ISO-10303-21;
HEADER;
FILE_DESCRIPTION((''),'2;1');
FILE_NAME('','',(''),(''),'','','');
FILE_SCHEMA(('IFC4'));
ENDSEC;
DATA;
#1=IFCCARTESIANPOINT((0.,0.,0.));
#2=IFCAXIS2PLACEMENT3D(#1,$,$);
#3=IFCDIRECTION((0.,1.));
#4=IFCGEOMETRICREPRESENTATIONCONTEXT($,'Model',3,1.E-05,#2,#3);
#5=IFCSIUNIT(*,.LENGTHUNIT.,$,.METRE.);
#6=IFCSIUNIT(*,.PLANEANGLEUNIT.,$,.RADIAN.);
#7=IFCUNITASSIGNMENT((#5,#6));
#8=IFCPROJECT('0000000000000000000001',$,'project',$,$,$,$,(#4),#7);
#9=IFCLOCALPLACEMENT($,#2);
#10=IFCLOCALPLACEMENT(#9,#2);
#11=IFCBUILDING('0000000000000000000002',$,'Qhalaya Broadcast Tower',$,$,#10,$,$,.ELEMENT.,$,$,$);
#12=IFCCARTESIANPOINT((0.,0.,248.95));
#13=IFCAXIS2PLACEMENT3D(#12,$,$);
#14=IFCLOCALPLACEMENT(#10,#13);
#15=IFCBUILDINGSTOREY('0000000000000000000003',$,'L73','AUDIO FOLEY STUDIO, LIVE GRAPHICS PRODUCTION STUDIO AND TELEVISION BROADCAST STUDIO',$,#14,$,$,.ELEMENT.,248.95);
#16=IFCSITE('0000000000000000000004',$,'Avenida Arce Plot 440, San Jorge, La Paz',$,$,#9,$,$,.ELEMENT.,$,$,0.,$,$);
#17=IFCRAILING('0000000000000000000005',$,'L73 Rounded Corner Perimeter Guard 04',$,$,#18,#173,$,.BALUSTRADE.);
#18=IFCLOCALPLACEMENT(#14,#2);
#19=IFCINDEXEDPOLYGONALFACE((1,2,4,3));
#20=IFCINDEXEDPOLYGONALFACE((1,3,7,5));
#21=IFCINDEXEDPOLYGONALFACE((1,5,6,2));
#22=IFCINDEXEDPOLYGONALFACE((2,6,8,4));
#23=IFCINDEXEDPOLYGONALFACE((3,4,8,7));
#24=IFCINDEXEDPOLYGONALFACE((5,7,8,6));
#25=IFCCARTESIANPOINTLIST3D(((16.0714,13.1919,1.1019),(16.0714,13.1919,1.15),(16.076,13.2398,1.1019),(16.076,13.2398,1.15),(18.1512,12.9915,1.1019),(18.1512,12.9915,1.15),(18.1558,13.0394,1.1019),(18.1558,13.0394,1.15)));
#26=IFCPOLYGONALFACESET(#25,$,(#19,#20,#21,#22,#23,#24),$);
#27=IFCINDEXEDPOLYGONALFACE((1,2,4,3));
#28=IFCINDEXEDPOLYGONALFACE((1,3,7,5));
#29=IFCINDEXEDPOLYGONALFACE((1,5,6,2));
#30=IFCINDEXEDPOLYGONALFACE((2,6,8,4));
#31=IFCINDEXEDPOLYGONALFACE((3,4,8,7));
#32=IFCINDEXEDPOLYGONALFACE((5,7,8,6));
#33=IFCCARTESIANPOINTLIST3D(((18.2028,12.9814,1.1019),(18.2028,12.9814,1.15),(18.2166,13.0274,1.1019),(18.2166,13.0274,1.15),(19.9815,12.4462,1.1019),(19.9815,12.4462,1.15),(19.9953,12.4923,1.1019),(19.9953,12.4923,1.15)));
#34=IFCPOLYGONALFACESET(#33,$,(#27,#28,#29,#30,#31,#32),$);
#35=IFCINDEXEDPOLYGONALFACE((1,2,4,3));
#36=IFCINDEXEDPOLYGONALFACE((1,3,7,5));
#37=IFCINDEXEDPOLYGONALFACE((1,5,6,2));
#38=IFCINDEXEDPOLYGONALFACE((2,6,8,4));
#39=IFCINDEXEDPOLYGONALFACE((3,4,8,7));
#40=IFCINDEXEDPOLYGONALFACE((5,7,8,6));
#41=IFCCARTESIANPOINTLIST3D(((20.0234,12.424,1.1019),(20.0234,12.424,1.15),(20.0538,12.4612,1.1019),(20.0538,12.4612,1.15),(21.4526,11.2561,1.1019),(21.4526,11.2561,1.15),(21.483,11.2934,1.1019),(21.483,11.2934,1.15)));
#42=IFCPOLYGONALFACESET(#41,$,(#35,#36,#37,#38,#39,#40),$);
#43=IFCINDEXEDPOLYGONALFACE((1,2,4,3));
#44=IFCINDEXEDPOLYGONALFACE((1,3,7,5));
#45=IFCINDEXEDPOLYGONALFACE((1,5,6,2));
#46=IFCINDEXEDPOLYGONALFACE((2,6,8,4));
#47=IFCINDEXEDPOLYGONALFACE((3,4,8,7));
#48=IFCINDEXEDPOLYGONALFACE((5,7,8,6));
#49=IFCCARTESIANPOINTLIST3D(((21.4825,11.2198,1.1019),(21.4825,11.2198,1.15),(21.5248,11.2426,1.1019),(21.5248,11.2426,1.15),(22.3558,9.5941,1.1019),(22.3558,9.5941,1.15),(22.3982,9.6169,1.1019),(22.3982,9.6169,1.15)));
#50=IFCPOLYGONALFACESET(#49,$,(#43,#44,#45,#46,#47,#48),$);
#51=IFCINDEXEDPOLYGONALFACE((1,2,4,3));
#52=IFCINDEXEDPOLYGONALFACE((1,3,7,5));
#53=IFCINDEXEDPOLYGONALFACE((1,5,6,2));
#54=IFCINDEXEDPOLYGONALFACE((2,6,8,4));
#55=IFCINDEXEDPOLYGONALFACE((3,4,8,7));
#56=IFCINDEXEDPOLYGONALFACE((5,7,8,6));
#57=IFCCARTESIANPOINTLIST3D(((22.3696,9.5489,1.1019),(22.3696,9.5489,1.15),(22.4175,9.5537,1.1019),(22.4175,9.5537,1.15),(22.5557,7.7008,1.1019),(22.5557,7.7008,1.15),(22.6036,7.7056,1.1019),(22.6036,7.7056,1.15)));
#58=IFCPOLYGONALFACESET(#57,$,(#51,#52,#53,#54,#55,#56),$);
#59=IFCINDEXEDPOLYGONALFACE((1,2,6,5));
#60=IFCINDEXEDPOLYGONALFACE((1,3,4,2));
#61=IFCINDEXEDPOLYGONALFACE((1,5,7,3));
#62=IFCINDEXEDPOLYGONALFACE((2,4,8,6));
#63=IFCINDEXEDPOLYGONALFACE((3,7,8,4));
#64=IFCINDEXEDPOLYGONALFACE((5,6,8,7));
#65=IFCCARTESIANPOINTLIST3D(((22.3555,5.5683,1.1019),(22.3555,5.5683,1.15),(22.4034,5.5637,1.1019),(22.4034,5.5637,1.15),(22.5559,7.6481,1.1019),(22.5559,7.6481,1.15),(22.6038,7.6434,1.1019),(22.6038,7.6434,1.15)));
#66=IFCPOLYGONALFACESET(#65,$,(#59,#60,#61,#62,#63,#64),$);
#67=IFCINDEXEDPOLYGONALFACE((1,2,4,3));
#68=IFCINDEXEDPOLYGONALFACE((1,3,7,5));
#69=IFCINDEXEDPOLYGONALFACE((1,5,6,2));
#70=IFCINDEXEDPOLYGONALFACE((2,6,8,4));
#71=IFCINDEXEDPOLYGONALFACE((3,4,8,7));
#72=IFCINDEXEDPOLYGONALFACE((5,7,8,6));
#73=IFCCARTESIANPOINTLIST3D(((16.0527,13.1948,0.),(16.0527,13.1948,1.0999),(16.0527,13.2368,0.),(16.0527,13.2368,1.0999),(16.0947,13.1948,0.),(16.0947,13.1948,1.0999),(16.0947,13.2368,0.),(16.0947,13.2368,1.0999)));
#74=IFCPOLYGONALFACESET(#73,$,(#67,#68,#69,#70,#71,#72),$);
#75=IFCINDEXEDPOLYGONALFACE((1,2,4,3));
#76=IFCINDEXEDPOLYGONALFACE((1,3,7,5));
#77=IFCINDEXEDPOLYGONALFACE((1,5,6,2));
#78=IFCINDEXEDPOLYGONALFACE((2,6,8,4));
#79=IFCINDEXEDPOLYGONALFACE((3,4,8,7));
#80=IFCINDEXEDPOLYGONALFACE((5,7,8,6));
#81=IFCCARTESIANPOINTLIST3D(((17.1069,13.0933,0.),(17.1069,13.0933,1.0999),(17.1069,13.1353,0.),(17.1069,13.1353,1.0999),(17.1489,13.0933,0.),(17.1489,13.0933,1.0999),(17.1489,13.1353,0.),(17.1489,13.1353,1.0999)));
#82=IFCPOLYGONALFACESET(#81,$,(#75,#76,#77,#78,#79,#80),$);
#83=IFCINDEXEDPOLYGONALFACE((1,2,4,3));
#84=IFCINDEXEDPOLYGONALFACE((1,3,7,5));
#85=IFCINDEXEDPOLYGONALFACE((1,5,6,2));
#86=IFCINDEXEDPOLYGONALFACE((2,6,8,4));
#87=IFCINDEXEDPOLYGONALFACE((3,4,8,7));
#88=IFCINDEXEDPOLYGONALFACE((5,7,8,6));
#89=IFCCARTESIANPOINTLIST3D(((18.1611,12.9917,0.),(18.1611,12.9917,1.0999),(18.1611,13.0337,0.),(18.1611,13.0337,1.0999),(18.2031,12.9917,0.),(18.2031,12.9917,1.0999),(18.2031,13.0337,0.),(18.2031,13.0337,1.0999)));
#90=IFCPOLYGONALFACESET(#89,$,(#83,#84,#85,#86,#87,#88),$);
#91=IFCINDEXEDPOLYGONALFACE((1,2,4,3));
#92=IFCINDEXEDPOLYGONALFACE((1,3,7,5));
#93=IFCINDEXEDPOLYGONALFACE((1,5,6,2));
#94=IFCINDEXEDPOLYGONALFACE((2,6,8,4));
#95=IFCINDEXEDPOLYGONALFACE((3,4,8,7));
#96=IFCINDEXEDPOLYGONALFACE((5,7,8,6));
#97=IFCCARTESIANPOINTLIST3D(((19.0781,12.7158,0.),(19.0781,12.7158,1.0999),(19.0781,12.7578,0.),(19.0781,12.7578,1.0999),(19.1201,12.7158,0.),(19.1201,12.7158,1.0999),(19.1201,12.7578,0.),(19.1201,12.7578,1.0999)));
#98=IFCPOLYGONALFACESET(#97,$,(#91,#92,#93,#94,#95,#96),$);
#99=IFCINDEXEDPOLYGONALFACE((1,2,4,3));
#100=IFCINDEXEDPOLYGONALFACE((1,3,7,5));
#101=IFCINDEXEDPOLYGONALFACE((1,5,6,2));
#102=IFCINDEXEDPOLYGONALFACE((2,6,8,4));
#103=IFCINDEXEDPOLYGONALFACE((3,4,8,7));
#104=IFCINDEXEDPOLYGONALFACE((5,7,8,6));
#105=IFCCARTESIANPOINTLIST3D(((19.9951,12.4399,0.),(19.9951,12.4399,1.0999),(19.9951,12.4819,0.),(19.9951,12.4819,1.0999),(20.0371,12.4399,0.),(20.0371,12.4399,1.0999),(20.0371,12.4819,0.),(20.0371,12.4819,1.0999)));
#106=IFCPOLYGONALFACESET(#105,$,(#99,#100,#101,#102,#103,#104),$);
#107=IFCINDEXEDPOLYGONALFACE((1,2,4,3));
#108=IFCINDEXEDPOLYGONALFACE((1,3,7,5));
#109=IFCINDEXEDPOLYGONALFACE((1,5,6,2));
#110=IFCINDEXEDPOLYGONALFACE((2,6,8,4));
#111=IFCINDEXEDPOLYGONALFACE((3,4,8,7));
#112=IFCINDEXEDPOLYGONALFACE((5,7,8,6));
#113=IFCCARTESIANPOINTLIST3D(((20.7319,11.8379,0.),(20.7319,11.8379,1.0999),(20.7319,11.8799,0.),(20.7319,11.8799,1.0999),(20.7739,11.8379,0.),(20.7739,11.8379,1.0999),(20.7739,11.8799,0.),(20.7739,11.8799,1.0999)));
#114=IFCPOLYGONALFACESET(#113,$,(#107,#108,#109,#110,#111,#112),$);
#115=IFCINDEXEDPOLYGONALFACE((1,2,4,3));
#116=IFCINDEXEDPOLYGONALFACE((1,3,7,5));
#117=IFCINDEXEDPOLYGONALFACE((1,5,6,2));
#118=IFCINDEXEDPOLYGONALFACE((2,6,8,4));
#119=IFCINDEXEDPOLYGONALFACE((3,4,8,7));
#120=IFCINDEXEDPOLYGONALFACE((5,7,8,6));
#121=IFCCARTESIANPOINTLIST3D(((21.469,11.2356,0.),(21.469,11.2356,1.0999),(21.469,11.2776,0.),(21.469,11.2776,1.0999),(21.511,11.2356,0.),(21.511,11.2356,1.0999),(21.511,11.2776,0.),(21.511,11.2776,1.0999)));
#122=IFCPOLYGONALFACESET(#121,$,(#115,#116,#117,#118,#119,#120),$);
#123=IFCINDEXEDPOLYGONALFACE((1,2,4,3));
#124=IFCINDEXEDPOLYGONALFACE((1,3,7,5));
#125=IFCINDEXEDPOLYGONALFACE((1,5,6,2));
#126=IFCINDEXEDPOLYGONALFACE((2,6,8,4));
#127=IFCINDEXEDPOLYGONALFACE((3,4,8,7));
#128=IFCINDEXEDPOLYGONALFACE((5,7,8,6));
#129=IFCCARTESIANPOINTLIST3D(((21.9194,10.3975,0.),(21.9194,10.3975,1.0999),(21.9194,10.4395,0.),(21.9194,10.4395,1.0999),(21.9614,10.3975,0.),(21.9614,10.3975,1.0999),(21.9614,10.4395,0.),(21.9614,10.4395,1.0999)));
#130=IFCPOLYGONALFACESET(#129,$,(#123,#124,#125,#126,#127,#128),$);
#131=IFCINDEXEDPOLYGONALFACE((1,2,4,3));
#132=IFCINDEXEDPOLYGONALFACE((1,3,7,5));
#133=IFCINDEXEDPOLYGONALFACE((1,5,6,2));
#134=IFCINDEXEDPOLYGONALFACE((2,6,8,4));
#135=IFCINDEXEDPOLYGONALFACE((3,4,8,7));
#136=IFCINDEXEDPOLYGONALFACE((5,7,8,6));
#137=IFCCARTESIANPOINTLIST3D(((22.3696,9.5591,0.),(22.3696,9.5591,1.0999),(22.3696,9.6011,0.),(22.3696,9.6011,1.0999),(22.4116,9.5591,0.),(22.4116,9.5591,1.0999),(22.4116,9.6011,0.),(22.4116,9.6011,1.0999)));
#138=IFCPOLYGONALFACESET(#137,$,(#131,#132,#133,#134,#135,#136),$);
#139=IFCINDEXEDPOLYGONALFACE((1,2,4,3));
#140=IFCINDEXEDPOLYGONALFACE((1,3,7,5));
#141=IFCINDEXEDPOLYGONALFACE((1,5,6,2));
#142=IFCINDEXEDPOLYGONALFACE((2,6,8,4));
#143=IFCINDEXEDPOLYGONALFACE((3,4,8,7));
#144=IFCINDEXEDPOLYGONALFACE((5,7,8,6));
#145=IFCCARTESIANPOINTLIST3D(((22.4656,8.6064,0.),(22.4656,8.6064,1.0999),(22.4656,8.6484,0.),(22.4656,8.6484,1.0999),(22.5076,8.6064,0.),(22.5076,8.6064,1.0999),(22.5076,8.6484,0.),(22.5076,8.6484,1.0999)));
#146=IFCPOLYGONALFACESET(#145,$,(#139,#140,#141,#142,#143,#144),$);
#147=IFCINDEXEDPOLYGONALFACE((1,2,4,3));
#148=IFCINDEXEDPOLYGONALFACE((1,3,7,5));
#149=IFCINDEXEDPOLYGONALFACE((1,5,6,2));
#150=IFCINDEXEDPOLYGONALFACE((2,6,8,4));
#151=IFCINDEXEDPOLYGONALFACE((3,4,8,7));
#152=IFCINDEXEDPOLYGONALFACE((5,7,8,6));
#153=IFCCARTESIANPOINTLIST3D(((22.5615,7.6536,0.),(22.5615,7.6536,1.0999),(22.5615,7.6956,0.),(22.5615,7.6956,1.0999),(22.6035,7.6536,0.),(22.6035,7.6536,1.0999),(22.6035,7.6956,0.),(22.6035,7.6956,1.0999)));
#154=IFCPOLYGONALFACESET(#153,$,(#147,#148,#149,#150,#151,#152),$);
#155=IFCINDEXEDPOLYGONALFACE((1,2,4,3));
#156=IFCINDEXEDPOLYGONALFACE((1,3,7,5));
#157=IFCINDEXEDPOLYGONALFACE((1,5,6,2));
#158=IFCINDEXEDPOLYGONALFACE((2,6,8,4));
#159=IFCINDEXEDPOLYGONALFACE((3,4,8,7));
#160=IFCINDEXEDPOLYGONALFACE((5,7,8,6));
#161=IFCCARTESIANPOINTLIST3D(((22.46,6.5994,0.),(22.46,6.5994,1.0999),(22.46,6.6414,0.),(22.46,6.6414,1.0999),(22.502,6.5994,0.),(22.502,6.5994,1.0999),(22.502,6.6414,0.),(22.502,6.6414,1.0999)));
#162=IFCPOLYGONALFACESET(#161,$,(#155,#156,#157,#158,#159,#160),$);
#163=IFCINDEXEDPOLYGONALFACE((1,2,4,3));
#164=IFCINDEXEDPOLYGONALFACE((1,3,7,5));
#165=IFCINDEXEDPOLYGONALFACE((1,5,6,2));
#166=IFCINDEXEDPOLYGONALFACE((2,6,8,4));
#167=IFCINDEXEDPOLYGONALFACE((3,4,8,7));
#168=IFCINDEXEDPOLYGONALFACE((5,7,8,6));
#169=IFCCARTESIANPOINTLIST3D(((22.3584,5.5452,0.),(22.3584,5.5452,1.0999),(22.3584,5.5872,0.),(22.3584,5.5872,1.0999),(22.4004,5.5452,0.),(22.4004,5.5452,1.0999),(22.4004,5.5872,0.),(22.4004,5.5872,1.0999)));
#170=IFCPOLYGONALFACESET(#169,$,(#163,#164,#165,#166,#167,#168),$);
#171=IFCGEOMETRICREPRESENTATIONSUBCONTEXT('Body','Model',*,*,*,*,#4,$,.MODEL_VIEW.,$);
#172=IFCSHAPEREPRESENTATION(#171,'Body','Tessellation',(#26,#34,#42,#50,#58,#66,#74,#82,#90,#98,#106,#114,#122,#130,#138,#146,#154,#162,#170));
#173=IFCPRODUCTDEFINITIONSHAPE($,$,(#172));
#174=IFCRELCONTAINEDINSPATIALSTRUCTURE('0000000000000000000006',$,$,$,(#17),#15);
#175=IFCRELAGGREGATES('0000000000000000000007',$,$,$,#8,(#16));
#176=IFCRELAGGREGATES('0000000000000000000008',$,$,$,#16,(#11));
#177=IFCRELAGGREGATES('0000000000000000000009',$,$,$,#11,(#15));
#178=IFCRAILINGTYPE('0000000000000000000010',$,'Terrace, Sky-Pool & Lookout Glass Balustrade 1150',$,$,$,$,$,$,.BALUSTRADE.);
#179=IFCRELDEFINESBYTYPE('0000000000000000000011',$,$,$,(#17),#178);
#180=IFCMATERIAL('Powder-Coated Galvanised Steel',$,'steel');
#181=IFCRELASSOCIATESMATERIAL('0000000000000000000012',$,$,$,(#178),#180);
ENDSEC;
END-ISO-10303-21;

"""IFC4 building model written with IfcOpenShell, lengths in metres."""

from ifc_helpers import new_model, si_unit, direction, frame, origin, origin_2d, place, context, subcontext, project, spatial, rectangle, extrude, material, type_object, element, save


model = new_model("IFC4")

# Units and contexts
model_context = context("Model", 3, precision=1e-05, world=origin(), true_north=direction((0.0, 1.0)))
body_context = subcontext(model_context, "Body", "Model", "MODEL_VIEW")
ifc_project = project(units=[si_unit("LENGTHUNIT", "METRE"), si_unit("PLANEANGLEUNIT", "RADIAN")], contexts=[model_context])

# Site, building, storey
site_placement = place(None, origin())
site = spatial("IfcSite", under=ifc_project, at=site_placement, Name="Avenida Arce Plot 440, San Jorge, La Paz", CompositionType="ELEMENT", RefElevation=0.0)
building_placement = place(site_placement, origin())
building = spatial("IfcBuilding", under=site, at=building_placement, Name="Qhalaya Broadcast Tower", CompositionType="ELEMENT")
storey_placement = place(building_placement, frame((0.0, 0.0, 248.95)))
storey = spatial("IfcBuildingStorey", under=building, at=storey_placement, Name="L73", Description="AUDIO FOLEY STUDIO, LIVE GRAPHICS PRODUCTION STUDIO AND TELEVISION BROADCAST STUDIO", CompositionType="ELEMENT", Elevation=248.95)

# Railing
ifc_material_1 = material(Name="Powder-Coated Galvanised Steel", Category="steel")
railing_type = type_object("IfcRailingType", Name="Terrace, Sky-Pool & Lookout Glass Balustrade 1150", PredefinedType="BALUSTRADE", material=ifc_material_1)
railing_placement = place(storey_placement, frame((16.0737, 13.2158, 0.0)))
element("IfcRailing", 1, at=railing_placement, inside=storey, type_object=railing_type, Name="L73 Rounded Corner Perimeter Guard 04", PredefinedType="BALUSTRADE", context=body_context, shape_type="SweptSolid", body=[
    extrude(rectangle(XDim=0.0481, YDim=0.0481, at=origin_2d()), frame((0.0, 0.0, 1.126), z_axis=(0.995391, -0.095897, 0.0), x_axis=(0.095897, 0.995391, 0.0)), (0.0, 0.0, 1.0), 2.0894),
    extrude(rectangle(XDim=0.0481, YDim=0.0481, at=origin_2d()), frame((2.136, -0.2114, 1.126), z_axis=(0.957601, -0.288096, 0.0), x_axis=(0.288096, 0.957601, 0.0)), (0.0, 0.0, 1.0), 1.8574),
    extrude(rectangle(XDim=0.0481, YDim=0.0481, at=origin_2d()), frame((3.9648, -0.7732, 1.126), z_axis=(0.774357, -0.632749, 0.0), x_axis=(0.632749, 0.774357, 0.0)), (0.0, 0.0, 1.0), 1.8457),
    extrude(rectangle(XDim=0.0481, YDim=0.0481, at=origin_2d()), frame((5.4299, -1.9846, 1.126), z_axis=(0.473243, -0.880932, 0.0), x_axis=(0.880932, 0.473243, 0.0)), (0.0, 0.0, 1.0), 1.8455),
    extrude(rectangle(XDim=0.0481, YDim=0.0481, at=origin_2d()), frame((6.3198, -3.6646, 1.126), z_axis=(0.100198, -0.994968, 0.0), x_axis=(0.994968, 0.100198, 0.0)), (0.0, 0.0, 1.0), 1.8574),
    extrude(rectangle(XDim=0.0481, YDim=0.0481, at=origin_2d()), frame((6.5061, -5.5701, 1.126), z_axis=(-0.095897, -0.995391, 0.0), x_axis=(0.995391, -0.095897, 0.0)), (0.0, 0.0, 1.0), 2.0894),
    extrude(rectangle(XDim=0.042, YDim=0.042, at=origin_2d()), origin(), (0.0, 0.0, 1.0), 1.0999),
    extrude(rectangle(XDim=0.042, YDim=0.042, at=origin_2d()), frame((1.0542, -0.1016, 0.0)), (0.0, 0.0, 1.0), 1.0999),
    extrude(rectangle(XDim=0.042, YDim=0.042, at=origin_2d()), frame((2.1084, -0.2031, 0.0)), (0.0, 0.0, 1.0), 1.0999),
    extrude(rectangle(XDim=0.042, YDim=0.042, at=origin_2d()), frame((3.0254, -0.479, 0.0)), (0.0, 0.0, 1.0), 1.0999),
    extrude(rectangle(XDim=0.042, YDim=0.042, at=origin_2d()), frame((3.9424, -0.7549, 0.0)), (0.0, 0.0, 1.0), 1.0999),
    extrude(rectangle(XDim=0.042, YDim=0.042, at=origin_2d()), frame((4.6792, -1.3569, 0.0)), (0.0, 0.0, 1.0), 1.0999),
    extrude(rectangle(XDim=0.042, YDim=0.042, at=origin_2d()), frame((5.4163, -1.9592, 0.0)), (0.0, 0.0, 1.0), 1.0999),
    extrude(rectangle(XDim=0.042, YDim=0.042, at=origin_2d()), frame((5.8667, -2.7974, 0.0)), (0.0, 0.0, 1.0), 1.0999),
    extrude(rectangle(XDim=0.042, YDim=0.042, at=origin_2d()), frame((6.3169, -3.6357, 0.0)), (0.0, 0.0, 1.0), 1.0999),
    extrude(rectangle(XDim=0.042, YDim=0.042, at=origin_2d()), frame((6.4128, -4.5884, 0.0)), (0.0, 0.0, 1.0), 1.0999),
    extrude(rectangle(XDim=0.042, YDim=0.042, at=origin_2d()), frame((6.5088, -5.5413, 0.0)), (0.0, 0.0, 1.0), 1.0999),
    extrude(rectangle(XDim=0.042, YDim=0.042, at=origin_2d()), frame((6.4072, -6.5955, 0.0)), (0.0, 0.0, 1.0), 1.0999),
    extrude(rectangle(XDim=0.042, YDim=0.042, at=origin_2d()), frame((6.3057, -7.6497, 0.0)), (0.0, 0.0, 1.0), 1.0999),
])

save(model, "model.ifc")
